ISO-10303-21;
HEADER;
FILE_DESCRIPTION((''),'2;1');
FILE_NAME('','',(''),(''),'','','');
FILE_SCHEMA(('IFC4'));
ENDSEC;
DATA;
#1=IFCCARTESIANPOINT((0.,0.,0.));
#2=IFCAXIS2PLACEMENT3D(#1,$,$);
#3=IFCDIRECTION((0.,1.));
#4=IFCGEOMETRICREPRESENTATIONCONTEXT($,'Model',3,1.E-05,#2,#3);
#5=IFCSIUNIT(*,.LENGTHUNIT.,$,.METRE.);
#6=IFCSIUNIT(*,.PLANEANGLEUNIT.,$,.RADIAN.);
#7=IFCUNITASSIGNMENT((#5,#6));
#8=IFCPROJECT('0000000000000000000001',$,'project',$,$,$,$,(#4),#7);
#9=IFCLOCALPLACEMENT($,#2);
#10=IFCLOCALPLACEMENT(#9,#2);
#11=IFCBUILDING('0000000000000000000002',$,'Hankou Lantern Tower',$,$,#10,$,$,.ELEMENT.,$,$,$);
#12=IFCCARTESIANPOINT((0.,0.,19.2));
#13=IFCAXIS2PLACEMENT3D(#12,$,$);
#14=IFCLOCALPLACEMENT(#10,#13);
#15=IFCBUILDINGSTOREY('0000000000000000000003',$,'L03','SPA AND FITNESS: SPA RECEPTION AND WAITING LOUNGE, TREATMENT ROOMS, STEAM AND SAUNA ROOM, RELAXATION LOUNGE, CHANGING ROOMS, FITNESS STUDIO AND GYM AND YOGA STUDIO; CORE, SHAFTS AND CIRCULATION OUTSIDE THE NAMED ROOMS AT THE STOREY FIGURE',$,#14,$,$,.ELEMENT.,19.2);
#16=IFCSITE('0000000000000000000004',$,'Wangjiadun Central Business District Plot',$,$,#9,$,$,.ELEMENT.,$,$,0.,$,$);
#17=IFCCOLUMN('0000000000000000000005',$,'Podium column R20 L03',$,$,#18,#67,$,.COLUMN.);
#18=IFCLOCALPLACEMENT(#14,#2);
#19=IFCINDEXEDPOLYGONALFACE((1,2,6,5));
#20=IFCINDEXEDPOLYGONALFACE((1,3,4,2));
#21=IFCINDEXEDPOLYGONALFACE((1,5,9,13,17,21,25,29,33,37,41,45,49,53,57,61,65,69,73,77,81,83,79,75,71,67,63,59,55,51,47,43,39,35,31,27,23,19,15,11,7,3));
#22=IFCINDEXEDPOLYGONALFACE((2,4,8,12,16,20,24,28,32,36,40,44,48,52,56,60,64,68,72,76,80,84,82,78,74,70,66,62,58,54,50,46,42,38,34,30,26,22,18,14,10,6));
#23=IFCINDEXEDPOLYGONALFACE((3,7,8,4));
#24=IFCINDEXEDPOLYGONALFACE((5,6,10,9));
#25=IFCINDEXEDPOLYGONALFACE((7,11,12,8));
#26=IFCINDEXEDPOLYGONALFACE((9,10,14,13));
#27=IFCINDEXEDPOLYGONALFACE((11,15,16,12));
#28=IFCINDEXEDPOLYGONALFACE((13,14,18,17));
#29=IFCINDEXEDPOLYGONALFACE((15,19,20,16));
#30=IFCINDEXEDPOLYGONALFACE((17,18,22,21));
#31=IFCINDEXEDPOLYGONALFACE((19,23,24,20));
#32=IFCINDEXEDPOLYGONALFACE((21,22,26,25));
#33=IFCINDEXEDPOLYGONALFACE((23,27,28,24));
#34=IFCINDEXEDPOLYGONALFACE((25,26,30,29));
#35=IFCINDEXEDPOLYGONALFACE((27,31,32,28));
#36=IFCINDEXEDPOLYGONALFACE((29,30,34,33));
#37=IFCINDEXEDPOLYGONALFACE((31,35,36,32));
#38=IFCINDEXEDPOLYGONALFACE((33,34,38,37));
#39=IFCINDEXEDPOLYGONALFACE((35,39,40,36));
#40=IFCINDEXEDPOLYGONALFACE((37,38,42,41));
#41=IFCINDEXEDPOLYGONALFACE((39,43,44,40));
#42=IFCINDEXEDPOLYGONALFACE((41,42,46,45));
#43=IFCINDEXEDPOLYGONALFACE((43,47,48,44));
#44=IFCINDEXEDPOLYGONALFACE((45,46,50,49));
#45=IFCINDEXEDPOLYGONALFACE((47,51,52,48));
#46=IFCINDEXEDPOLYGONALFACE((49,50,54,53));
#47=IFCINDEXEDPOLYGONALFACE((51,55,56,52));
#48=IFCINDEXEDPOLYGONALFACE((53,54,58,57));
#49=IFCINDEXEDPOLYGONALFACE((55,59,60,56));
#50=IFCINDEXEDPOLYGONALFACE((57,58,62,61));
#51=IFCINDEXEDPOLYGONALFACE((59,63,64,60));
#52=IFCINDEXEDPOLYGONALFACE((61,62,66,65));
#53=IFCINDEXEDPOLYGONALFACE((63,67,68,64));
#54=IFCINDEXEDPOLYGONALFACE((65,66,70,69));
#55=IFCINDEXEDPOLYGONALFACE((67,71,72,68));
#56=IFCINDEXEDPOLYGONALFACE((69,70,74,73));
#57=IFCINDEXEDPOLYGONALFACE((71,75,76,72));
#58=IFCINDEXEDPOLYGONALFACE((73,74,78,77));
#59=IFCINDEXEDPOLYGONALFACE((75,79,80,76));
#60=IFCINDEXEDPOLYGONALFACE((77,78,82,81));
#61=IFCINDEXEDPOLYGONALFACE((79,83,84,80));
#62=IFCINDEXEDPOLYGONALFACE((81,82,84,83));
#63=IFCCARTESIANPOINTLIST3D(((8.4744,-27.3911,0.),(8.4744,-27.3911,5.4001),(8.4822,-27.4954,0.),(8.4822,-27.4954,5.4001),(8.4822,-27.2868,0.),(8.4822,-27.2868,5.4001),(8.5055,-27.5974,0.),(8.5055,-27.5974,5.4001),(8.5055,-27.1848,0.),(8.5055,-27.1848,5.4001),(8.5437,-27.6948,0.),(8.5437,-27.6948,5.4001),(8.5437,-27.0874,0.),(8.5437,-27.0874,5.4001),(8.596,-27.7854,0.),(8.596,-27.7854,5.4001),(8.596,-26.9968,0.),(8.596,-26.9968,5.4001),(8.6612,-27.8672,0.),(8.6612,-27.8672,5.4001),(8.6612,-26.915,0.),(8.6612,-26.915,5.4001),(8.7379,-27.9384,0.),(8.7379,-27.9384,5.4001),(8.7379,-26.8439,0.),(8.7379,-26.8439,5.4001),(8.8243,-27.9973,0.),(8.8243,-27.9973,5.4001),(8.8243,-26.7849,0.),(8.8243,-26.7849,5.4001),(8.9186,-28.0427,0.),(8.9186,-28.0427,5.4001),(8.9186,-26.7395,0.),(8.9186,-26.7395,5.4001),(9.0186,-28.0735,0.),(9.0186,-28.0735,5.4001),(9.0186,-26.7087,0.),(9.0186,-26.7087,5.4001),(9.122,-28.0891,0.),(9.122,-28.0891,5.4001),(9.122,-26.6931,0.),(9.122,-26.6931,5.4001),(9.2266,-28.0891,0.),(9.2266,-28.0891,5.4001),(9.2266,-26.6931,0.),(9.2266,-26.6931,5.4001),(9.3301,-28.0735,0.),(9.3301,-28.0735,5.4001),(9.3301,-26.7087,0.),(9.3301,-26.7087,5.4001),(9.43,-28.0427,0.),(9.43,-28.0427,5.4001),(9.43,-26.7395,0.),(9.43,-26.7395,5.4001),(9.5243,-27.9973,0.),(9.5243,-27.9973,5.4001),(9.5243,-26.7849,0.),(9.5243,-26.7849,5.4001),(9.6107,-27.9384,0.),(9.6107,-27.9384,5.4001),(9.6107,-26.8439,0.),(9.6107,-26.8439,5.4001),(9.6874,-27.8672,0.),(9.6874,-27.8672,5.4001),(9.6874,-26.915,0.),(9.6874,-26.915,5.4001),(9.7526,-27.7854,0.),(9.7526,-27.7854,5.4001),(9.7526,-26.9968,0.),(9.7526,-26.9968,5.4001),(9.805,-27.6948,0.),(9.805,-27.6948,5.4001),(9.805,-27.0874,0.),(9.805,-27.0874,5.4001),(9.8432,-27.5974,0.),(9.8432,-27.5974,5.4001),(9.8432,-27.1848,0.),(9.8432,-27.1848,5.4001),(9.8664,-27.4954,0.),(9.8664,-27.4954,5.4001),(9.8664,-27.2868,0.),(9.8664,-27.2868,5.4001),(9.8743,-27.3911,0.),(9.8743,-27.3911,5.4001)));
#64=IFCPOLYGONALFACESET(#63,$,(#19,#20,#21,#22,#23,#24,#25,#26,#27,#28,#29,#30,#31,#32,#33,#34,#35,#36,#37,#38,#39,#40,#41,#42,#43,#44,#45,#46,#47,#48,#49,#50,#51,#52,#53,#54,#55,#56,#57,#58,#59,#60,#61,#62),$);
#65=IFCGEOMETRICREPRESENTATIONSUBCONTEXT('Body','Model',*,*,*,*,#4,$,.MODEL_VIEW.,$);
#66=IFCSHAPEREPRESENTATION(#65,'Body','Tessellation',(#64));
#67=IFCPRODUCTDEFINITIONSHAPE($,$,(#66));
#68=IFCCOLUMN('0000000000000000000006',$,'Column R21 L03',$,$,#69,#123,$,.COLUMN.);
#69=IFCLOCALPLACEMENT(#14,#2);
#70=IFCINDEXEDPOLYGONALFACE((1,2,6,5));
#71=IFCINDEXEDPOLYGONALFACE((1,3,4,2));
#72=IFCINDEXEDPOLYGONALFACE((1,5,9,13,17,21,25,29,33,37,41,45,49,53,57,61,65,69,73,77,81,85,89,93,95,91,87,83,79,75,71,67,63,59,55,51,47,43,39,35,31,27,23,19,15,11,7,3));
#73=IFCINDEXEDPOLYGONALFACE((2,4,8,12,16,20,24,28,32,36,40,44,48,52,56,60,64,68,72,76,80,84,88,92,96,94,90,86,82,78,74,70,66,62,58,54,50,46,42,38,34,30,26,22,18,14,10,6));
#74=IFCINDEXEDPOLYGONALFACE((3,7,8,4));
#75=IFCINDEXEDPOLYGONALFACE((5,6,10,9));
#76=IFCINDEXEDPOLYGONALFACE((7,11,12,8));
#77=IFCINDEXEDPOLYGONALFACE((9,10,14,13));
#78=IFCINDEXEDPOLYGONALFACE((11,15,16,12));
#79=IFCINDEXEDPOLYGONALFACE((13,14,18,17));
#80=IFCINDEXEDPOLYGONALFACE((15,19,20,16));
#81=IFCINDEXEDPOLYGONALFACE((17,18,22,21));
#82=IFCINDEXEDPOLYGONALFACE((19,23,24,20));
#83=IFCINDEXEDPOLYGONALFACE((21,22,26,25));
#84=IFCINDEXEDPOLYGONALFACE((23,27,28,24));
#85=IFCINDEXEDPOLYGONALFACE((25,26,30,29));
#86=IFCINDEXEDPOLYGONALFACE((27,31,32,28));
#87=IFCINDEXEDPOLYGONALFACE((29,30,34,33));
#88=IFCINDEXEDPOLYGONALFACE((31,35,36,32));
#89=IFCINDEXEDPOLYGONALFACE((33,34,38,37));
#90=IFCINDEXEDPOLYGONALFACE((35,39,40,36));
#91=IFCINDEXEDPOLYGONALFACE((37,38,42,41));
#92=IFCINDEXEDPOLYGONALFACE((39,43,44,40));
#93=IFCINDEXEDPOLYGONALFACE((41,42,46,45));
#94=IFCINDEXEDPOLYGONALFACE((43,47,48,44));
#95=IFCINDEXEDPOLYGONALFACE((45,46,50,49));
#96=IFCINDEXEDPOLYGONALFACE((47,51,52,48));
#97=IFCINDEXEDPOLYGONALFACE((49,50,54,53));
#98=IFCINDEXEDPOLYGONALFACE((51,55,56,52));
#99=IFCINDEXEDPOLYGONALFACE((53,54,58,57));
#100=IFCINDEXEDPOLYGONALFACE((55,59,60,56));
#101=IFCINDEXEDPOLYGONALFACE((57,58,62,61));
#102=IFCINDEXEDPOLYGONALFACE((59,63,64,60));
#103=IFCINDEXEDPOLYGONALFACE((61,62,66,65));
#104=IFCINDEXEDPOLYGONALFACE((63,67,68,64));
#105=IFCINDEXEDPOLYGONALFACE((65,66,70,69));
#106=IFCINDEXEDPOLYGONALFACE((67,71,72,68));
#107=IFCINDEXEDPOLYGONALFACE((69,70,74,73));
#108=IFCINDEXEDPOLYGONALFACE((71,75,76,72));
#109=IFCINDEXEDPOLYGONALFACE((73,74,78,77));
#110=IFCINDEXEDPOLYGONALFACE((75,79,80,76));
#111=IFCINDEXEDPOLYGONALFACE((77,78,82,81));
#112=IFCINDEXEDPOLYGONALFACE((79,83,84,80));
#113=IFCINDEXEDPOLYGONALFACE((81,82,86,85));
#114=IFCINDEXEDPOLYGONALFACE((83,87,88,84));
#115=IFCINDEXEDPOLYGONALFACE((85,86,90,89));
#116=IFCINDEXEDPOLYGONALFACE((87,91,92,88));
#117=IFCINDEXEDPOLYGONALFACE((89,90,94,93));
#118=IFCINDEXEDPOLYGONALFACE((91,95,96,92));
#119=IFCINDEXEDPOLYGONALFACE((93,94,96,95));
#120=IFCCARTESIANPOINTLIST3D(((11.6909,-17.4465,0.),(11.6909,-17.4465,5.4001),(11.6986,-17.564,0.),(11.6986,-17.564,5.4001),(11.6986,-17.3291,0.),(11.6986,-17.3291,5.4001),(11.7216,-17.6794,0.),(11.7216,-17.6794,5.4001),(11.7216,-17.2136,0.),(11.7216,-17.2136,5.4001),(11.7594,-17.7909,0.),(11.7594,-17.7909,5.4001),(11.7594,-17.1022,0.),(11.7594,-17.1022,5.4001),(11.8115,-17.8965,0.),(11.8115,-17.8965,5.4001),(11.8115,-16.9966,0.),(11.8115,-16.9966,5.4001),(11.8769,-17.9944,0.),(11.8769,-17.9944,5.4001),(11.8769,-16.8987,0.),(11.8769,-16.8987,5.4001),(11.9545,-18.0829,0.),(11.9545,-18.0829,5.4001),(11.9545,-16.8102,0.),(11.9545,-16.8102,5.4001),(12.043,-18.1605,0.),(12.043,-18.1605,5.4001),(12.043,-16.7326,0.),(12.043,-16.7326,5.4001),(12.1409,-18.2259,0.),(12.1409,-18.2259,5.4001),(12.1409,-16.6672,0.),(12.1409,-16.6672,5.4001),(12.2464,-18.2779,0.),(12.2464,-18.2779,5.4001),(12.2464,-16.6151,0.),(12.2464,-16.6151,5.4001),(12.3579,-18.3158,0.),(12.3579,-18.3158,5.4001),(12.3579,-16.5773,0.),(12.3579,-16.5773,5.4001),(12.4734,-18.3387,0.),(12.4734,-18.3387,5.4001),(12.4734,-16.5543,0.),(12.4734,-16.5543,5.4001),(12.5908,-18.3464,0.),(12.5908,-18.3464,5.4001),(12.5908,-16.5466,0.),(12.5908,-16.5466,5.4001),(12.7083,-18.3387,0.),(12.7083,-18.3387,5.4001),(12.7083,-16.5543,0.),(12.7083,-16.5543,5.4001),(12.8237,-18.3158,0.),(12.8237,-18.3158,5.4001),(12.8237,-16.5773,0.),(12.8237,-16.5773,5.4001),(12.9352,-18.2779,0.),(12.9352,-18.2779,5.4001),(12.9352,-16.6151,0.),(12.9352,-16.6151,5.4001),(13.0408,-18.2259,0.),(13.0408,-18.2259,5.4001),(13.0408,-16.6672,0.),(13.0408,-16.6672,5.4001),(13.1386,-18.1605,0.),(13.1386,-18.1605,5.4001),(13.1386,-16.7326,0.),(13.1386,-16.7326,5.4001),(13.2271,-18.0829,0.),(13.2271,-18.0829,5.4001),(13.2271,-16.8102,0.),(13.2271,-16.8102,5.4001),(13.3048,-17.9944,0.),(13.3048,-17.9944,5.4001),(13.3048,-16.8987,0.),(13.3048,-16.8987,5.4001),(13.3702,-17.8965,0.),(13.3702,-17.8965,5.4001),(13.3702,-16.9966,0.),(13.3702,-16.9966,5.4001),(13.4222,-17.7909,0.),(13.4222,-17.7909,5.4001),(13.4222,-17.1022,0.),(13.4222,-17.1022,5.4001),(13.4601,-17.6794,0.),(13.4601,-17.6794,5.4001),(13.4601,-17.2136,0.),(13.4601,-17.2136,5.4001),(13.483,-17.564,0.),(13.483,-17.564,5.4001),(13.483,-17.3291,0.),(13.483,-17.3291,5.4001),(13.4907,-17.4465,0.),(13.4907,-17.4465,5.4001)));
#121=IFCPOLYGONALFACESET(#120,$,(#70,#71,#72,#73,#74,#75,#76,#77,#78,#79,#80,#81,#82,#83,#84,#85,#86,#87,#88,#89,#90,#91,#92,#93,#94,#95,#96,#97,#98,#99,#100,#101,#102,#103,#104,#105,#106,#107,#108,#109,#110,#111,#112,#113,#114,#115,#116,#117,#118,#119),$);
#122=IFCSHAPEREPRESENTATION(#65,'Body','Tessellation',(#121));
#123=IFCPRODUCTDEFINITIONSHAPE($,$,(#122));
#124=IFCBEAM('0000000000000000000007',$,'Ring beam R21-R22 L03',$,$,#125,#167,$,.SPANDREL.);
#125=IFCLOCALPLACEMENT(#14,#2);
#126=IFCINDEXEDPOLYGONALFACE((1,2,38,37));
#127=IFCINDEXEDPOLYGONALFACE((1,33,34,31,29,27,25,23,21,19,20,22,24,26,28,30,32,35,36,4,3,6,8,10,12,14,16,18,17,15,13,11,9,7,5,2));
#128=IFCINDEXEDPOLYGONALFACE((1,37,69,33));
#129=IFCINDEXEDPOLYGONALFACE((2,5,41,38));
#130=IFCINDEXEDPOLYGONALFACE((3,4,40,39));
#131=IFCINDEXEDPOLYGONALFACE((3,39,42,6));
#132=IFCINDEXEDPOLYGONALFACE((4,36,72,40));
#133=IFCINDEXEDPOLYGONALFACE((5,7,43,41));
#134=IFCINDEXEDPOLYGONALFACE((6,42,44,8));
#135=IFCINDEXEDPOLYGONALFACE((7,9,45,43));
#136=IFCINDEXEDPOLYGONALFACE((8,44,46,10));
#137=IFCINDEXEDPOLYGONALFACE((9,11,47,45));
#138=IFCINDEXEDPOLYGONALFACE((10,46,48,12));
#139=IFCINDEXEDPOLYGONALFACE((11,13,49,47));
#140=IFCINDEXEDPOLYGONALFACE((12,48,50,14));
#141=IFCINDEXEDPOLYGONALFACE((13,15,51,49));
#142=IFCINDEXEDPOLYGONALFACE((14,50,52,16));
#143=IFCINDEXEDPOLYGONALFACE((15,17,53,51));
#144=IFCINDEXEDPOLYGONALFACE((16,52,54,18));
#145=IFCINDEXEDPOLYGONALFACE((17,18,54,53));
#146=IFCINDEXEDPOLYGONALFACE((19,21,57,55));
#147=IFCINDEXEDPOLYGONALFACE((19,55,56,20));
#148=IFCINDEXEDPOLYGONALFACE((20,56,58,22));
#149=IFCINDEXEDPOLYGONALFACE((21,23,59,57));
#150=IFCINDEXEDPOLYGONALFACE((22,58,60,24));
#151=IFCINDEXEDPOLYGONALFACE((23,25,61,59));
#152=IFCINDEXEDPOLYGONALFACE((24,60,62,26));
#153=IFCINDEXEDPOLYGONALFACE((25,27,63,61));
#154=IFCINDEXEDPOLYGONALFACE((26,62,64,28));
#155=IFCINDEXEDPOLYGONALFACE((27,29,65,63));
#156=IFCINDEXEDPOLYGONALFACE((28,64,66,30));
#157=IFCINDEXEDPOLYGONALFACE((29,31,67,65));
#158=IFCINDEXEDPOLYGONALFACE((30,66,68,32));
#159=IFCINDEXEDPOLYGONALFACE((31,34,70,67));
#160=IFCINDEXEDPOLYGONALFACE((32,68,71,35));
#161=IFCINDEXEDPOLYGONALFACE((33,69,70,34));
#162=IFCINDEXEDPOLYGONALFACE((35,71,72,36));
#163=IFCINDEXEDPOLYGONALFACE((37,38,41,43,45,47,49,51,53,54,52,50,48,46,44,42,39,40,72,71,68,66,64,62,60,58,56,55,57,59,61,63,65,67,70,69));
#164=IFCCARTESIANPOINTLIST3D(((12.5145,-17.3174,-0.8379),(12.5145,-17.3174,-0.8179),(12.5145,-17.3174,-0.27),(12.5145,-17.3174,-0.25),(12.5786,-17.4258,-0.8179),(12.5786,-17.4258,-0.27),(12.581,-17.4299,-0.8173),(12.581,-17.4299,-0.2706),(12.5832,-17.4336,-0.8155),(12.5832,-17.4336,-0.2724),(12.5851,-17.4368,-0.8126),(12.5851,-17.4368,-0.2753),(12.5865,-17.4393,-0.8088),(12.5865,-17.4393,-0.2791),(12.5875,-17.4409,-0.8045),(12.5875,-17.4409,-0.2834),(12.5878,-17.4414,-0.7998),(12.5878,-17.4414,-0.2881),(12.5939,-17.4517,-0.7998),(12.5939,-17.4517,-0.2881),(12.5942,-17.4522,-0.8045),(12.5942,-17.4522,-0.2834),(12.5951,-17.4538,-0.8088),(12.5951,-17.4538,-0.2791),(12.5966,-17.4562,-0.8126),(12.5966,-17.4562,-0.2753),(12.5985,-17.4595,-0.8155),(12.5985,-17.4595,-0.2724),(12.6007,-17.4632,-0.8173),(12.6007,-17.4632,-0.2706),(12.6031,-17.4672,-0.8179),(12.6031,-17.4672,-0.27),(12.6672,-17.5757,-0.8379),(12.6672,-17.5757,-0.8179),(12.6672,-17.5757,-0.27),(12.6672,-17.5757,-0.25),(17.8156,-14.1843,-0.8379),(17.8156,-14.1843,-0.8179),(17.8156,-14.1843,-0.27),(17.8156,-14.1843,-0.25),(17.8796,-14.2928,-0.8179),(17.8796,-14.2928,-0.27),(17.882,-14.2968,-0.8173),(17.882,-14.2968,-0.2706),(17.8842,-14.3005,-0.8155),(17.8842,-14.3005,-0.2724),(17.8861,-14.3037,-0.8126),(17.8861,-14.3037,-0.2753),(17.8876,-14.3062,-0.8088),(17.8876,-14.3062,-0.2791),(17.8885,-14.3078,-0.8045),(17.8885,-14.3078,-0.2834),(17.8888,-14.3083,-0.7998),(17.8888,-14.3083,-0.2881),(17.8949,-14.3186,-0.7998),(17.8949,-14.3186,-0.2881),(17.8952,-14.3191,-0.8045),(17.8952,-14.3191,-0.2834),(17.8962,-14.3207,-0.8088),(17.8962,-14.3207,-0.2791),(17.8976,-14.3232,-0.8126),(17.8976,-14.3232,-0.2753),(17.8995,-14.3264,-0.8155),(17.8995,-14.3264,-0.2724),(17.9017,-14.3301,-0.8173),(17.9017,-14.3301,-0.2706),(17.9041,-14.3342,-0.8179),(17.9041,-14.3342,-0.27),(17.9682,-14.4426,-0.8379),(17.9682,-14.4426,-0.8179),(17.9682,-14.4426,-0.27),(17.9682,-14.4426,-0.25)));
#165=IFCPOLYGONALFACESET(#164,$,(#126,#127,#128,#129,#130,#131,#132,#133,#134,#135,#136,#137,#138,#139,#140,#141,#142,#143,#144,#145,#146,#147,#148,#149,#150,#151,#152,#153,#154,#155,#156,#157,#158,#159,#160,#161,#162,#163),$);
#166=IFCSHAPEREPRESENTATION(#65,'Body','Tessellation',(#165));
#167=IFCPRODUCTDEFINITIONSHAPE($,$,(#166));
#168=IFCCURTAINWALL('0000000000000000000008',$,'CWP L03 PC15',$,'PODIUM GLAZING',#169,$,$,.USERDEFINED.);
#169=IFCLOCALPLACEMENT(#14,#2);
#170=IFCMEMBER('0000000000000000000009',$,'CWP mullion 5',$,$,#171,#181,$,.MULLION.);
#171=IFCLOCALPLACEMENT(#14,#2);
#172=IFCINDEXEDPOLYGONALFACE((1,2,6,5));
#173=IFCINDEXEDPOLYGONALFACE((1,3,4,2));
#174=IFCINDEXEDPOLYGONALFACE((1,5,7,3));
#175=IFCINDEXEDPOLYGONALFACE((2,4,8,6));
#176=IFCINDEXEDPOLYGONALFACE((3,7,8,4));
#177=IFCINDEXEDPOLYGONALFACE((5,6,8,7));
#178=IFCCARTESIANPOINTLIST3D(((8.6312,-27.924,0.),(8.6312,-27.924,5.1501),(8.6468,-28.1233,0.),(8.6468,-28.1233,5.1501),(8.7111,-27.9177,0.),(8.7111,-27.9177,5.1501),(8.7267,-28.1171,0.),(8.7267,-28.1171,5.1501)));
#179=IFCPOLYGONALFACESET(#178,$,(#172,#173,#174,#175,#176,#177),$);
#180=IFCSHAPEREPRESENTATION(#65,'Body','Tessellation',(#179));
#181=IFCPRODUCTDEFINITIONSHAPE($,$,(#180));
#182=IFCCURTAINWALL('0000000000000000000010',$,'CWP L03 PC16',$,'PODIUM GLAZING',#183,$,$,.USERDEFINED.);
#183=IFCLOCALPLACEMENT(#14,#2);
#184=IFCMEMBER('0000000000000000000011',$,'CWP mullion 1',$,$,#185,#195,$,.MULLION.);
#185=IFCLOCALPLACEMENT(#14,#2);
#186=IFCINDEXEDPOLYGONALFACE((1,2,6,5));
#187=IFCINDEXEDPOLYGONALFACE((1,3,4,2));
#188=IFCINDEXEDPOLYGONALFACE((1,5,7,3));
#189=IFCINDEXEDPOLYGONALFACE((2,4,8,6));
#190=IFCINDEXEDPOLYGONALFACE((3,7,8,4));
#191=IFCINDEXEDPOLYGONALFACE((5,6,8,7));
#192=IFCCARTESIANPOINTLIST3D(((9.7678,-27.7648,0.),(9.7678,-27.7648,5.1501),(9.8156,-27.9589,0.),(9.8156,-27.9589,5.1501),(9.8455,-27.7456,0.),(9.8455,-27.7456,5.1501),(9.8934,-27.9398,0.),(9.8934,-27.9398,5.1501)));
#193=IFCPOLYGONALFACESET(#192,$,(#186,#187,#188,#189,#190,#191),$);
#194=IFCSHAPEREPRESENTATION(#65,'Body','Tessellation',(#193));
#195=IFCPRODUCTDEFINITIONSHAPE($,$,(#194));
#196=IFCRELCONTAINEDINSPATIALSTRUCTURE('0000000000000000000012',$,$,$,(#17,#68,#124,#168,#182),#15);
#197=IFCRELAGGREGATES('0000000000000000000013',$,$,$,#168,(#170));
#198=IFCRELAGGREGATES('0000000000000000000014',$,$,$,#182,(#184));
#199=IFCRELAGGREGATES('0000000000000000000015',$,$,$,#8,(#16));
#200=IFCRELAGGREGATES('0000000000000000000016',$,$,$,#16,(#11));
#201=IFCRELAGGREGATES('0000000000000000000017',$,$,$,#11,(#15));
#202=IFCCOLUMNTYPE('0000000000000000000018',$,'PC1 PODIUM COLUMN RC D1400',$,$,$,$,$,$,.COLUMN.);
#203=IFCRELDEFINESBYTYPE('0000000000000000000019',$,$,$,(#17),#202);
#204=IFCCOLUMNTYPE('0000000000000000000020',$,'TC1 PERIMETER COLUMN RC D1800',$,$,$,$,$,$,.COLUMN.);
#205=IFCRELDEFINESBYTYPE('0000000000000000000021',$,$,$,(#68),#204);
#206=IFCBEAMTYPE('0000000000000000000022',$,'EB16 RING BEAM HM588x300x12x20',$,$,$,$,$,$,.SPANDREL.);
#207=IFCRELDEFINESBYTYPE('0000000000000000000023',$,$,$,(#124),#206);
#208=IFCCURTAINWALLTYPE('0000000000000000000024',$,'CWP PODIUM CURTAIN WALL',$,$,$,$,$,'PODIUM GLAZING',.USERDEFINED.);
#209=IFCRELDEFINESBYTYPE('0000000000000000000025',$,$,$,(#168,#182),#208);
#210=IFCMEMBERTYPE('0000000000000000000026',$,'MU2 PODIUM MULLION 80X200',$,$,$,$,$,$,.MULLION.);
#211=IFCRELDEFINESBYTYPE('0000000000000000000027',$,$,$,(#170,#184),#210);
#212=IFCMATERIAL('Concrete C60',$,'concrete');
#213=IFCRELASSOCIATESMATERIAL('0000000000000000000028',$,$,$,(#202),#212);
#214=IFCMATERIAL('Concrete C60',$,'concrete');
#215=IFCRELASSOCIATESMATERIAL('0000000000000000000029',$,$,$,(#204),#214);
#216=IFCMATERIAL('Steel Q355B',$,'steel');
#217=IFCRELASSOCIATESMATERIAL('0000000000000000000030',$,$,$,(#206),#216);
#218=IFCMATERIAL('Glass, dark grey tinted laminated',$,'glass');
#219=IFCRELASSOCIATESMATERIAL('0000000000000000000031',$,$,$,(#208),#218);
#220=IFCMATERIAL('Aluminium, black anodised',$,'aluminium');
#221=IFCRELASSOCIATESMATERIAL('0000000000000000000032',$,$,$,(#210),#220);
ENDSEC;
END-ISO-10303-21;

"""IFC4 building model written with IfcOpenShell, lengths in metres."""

from ifc_helpers import new_model, si_unit, direction, frame, origin, origin_2d, place, context, subcontext, project, spatial, rectangle, circle, i_section, extrude, material, material_profile, profile_set, type_object, element, aggregate, save


model = new_model("IFC4")

# Units and contexts
model_context = context("Model", 3, precision=1e-05, world=origin(), true_north=direction((0.0, 1.0)))
body_context = subcontext(model_context, "Body", "Model", "MODEL_VIEW")
ifc_project = project(units=[si_unit("LENGTHUNIT", "METRE"), si_unit("PLANEANGLEUNIT", "RADIAN")], contexts=[model_context])

# Site, building, storey
site_placement = place(None, origin())
site = spatial("IfcSite", under=ifc_project, at=site_placement, Name="Wangjiadun Central Business District Plot", CompositionType="ELEMENT", RefElevation=0.0)
building_placement = place(site_placement, origin())
building = spatial("IfcBuilding", under=site, at=building_placement, Name="Hankou Lantern Tower", CompositionType="ELEMENT")
storey_placement = place(building_placement, frame((0.0, 0.0, 19.2)))
storey = spatial("IfcBuildingStorey", under=building, at=storey_placement, Name="L03", Description="SPA AND FITNESS: SPA RECEPTION AND WAITING LOUNGE, TREATMENT ROOMS, STEAM AND SAUNA ROOM, RELAXATION LOUNGE, CHANGING ROOMS, FITNESS STUDIO AND GYM AND YOGA STUDIO; CORE, SHAFTS AND CIRCULATION OUTSIDE THE NAMED ROOMS AT THE STOREY FIGURE", CompositionType="ELEMENT", Elevation=19.2)

# Columns
ifc_material_1 = material(Name="Concrete C60", Category="concrete")
ifc_material_profile_1 = material_profile(ifc_material_1, circle(Radius=0.7, at=origin_2d()), Name="RC D1400")
ifc_profile_set_1 = profile_set([ifc_material_profile_1], Name="Concrete C60")
column_type_1 = type_object("IfcColumnType", Name="PC1 PODIUM COLUMN RC D1400", PredefinedType="COLUMN", material=ifc_profile_set_1)
column_1_placement = place(storey_placement, frame((9.1743, -27.3911, 0.0), z_axis=(0.0, 0.0, 1.0), x_axis=(1.0, 0.0, 0.0)))
element("IfcColumn", 1, at=column_1_placement, inside=storey, type_object=column_type_1, Name="Podium column R20 L03", PredefinedType="COLUMN", context=body_context, shape_type="SweptSolid", body=[
    extrude(circle(Radius=0.7, at=origin_2d()), origin(), (0.0, 0.0, 1.0), 5.4001),
])
ifc_material_2 = material(Name="Concrete C60", Category="concrete")
ifc_material_profile_2 = material_profile(ifc_material_2, circle(Radius=0.8999, at=origin_2d()), Name="RC D1800")
ifc_profile_set_2 = profile_set([ifc_material_profile_2], Name="Concrete C60")
column_type_2 = type_object("IfcColumnType", Name="TC1 PERIMETER COLUMN RC D1800", PredefinedType="COLUMN", material=ifc_profile_set_2)
column_2_placement = place(storey_placement, frame((12.5908, -17.4465, 0.0), z_axis=(0.0, 0.0, 1.0), x_axis=(1.0, 0.0, 0.0)))
element("IfcColumn", 2, at=column_2_placement, inside=storey, type_object=column_type_2, Name="Column R21 L03", PredefinedType="COLUMN", context=body_context, shape_type="SweptSolid", body=[
    extrude(circle(Radius=0.8999, at=origin_2d()), origin(), (0.0, 0.0, 1.0), 5.4001),
])

# Beam
ifc_material_3 = material(Name="Steel Q355B", Category="steel")
ifc_material_profile_3 = material_profile(ifc_material_3, i_section(OverallWidth=0.3, OverallDepth=0.5879, WebThickness=0.012, FlangeThickness=0.02, FilletRadius=0.0181, at=origin_2d()), Name="HM588x300x12x20")
ifc_profile_set_3 = profile_set([ifc_material_profile_3], Name="Steel Q355B")
beam_type_1 = type_object("IfcBeamType", Name="EB16 RING BEAM HM588x300x12x20", PredefinedType="SPANDREL", material=ifc_profile_set_3)
beam_1_placement = place(storey_placement, frame((12.5908, -17.4465, -0.5439), z_axis=(0.860882, 0.508805, 0.0), x_axis=(-0.508805, 0.860882, 0.0)))
element("IfcBeam", 3, at=beam_1_placement, inside=storey, type_object=beam_type_1, Name="Ring beam R21-R22 L03", PredefinedType="SPANDREL", context=body_context, shape_type="SweptSolid", body=[
    extrude(i_section(OverallWidth=0.3, OverallDepth=0.5879, WebThickness=0.012, FlangeThickness=0.02, FilletRadius=0.0181, at=origin_2d()), origin(), (0.0, 0.0, 1.0), 6.1577),
])

# Curtain wall, member
ifc_material_4 = material(Name="Glass, dark grey tinted laminated", Category="glass")
curtain_wall_type = type_object("IfcCurtainWallType", Name="CWP PODIUM CURTAIN WALL", ElementType="PODIUM GLAZING", PredefinedType="USERDEFINED", material=ifc_material_4)
curtain_wall_1_placement = place(storey_placement, origin())
curtain_wall_1 = element("IfcCurtainWall", 4, at=curtain_wall_1_placement, inside=storey, type_object=curtain_wall_type, Name="CWP L03 PC15", ObjectType="PODIUM GLAZING", PredefinedType="USERDEFINED")
ifc_material_5 = material(Name="Aluminium, black anodised", Category="aluminium")
ifc_material_profile_4 = material_profile(ifc_material_5, rectangle(XDim=0.0801, YDim=0.2, at=origin_2d()), Name="MU2 80X200")
ifc_profile_set_4 = profile_set([ifc_material_profile_4], Name="Aluminium, black anodised")
member_type_1 = type_object("IfcMemberType", Name="MU2 PODIUM MULLION 80X200", PredefinedType="MULLION", material=ifc_profile_set_4)
member_1_placement = place(storey_placement, frame((8.679, -28.0205, 0.0), z_axis=(0.0, 0.0, 1.0), x_axis=(0.996949, 0.078062, 0.0)))
member_1 = element("IfcMember", 5, at=member_1_placement, type_object=member_type_1, Name="CWP mullion 5", PredefinedType="MULLION", context=body_context, shape_type="SweptSolid", body=[
    extrude(rectangle(XDim=0.0801, YDim=0.2, at=origin_2d()), origin(), (0.0, 0.0, 1.0), 5.1501),
])

# Curtain wall, member
curtain_wall_2_placement = place(storey_placement, origin())
curtain_wall_2 = element("IfcCurtainWall", 6, at=curtain_wall_2_placement, inside=storey, type_object=curtain_wall_type, Name="CWP L03 PC16", ObjectType="PODIUM GLAZING", PredefinedType="USERDEFINED")
member_2_placement = place(storey_placement, frame((9.8306, -27.8523, 0.0), z_axis=(0.0, 0.0, 1.0), x_axis=(0.970961, 0.239238, 0.0)))
member_2 = element("IfcMember", 7, at=member_2_placement, type_object=member_type_1, Name="CWP mullion 1", PredefinedType="MULLION", context=body_context, shape_type="SweptSolid", body=[
    extrude(rectangle(XDim=0.0801, YDim=0.2, at=origin_2d()), origin(), (0.0, 0.0, 1.0), 5.1501),
])

aggregate(curtain_wall_1, [member_1])
aggregate(curtain_wall_2, [member_2])

save(model, "model.ifc")
